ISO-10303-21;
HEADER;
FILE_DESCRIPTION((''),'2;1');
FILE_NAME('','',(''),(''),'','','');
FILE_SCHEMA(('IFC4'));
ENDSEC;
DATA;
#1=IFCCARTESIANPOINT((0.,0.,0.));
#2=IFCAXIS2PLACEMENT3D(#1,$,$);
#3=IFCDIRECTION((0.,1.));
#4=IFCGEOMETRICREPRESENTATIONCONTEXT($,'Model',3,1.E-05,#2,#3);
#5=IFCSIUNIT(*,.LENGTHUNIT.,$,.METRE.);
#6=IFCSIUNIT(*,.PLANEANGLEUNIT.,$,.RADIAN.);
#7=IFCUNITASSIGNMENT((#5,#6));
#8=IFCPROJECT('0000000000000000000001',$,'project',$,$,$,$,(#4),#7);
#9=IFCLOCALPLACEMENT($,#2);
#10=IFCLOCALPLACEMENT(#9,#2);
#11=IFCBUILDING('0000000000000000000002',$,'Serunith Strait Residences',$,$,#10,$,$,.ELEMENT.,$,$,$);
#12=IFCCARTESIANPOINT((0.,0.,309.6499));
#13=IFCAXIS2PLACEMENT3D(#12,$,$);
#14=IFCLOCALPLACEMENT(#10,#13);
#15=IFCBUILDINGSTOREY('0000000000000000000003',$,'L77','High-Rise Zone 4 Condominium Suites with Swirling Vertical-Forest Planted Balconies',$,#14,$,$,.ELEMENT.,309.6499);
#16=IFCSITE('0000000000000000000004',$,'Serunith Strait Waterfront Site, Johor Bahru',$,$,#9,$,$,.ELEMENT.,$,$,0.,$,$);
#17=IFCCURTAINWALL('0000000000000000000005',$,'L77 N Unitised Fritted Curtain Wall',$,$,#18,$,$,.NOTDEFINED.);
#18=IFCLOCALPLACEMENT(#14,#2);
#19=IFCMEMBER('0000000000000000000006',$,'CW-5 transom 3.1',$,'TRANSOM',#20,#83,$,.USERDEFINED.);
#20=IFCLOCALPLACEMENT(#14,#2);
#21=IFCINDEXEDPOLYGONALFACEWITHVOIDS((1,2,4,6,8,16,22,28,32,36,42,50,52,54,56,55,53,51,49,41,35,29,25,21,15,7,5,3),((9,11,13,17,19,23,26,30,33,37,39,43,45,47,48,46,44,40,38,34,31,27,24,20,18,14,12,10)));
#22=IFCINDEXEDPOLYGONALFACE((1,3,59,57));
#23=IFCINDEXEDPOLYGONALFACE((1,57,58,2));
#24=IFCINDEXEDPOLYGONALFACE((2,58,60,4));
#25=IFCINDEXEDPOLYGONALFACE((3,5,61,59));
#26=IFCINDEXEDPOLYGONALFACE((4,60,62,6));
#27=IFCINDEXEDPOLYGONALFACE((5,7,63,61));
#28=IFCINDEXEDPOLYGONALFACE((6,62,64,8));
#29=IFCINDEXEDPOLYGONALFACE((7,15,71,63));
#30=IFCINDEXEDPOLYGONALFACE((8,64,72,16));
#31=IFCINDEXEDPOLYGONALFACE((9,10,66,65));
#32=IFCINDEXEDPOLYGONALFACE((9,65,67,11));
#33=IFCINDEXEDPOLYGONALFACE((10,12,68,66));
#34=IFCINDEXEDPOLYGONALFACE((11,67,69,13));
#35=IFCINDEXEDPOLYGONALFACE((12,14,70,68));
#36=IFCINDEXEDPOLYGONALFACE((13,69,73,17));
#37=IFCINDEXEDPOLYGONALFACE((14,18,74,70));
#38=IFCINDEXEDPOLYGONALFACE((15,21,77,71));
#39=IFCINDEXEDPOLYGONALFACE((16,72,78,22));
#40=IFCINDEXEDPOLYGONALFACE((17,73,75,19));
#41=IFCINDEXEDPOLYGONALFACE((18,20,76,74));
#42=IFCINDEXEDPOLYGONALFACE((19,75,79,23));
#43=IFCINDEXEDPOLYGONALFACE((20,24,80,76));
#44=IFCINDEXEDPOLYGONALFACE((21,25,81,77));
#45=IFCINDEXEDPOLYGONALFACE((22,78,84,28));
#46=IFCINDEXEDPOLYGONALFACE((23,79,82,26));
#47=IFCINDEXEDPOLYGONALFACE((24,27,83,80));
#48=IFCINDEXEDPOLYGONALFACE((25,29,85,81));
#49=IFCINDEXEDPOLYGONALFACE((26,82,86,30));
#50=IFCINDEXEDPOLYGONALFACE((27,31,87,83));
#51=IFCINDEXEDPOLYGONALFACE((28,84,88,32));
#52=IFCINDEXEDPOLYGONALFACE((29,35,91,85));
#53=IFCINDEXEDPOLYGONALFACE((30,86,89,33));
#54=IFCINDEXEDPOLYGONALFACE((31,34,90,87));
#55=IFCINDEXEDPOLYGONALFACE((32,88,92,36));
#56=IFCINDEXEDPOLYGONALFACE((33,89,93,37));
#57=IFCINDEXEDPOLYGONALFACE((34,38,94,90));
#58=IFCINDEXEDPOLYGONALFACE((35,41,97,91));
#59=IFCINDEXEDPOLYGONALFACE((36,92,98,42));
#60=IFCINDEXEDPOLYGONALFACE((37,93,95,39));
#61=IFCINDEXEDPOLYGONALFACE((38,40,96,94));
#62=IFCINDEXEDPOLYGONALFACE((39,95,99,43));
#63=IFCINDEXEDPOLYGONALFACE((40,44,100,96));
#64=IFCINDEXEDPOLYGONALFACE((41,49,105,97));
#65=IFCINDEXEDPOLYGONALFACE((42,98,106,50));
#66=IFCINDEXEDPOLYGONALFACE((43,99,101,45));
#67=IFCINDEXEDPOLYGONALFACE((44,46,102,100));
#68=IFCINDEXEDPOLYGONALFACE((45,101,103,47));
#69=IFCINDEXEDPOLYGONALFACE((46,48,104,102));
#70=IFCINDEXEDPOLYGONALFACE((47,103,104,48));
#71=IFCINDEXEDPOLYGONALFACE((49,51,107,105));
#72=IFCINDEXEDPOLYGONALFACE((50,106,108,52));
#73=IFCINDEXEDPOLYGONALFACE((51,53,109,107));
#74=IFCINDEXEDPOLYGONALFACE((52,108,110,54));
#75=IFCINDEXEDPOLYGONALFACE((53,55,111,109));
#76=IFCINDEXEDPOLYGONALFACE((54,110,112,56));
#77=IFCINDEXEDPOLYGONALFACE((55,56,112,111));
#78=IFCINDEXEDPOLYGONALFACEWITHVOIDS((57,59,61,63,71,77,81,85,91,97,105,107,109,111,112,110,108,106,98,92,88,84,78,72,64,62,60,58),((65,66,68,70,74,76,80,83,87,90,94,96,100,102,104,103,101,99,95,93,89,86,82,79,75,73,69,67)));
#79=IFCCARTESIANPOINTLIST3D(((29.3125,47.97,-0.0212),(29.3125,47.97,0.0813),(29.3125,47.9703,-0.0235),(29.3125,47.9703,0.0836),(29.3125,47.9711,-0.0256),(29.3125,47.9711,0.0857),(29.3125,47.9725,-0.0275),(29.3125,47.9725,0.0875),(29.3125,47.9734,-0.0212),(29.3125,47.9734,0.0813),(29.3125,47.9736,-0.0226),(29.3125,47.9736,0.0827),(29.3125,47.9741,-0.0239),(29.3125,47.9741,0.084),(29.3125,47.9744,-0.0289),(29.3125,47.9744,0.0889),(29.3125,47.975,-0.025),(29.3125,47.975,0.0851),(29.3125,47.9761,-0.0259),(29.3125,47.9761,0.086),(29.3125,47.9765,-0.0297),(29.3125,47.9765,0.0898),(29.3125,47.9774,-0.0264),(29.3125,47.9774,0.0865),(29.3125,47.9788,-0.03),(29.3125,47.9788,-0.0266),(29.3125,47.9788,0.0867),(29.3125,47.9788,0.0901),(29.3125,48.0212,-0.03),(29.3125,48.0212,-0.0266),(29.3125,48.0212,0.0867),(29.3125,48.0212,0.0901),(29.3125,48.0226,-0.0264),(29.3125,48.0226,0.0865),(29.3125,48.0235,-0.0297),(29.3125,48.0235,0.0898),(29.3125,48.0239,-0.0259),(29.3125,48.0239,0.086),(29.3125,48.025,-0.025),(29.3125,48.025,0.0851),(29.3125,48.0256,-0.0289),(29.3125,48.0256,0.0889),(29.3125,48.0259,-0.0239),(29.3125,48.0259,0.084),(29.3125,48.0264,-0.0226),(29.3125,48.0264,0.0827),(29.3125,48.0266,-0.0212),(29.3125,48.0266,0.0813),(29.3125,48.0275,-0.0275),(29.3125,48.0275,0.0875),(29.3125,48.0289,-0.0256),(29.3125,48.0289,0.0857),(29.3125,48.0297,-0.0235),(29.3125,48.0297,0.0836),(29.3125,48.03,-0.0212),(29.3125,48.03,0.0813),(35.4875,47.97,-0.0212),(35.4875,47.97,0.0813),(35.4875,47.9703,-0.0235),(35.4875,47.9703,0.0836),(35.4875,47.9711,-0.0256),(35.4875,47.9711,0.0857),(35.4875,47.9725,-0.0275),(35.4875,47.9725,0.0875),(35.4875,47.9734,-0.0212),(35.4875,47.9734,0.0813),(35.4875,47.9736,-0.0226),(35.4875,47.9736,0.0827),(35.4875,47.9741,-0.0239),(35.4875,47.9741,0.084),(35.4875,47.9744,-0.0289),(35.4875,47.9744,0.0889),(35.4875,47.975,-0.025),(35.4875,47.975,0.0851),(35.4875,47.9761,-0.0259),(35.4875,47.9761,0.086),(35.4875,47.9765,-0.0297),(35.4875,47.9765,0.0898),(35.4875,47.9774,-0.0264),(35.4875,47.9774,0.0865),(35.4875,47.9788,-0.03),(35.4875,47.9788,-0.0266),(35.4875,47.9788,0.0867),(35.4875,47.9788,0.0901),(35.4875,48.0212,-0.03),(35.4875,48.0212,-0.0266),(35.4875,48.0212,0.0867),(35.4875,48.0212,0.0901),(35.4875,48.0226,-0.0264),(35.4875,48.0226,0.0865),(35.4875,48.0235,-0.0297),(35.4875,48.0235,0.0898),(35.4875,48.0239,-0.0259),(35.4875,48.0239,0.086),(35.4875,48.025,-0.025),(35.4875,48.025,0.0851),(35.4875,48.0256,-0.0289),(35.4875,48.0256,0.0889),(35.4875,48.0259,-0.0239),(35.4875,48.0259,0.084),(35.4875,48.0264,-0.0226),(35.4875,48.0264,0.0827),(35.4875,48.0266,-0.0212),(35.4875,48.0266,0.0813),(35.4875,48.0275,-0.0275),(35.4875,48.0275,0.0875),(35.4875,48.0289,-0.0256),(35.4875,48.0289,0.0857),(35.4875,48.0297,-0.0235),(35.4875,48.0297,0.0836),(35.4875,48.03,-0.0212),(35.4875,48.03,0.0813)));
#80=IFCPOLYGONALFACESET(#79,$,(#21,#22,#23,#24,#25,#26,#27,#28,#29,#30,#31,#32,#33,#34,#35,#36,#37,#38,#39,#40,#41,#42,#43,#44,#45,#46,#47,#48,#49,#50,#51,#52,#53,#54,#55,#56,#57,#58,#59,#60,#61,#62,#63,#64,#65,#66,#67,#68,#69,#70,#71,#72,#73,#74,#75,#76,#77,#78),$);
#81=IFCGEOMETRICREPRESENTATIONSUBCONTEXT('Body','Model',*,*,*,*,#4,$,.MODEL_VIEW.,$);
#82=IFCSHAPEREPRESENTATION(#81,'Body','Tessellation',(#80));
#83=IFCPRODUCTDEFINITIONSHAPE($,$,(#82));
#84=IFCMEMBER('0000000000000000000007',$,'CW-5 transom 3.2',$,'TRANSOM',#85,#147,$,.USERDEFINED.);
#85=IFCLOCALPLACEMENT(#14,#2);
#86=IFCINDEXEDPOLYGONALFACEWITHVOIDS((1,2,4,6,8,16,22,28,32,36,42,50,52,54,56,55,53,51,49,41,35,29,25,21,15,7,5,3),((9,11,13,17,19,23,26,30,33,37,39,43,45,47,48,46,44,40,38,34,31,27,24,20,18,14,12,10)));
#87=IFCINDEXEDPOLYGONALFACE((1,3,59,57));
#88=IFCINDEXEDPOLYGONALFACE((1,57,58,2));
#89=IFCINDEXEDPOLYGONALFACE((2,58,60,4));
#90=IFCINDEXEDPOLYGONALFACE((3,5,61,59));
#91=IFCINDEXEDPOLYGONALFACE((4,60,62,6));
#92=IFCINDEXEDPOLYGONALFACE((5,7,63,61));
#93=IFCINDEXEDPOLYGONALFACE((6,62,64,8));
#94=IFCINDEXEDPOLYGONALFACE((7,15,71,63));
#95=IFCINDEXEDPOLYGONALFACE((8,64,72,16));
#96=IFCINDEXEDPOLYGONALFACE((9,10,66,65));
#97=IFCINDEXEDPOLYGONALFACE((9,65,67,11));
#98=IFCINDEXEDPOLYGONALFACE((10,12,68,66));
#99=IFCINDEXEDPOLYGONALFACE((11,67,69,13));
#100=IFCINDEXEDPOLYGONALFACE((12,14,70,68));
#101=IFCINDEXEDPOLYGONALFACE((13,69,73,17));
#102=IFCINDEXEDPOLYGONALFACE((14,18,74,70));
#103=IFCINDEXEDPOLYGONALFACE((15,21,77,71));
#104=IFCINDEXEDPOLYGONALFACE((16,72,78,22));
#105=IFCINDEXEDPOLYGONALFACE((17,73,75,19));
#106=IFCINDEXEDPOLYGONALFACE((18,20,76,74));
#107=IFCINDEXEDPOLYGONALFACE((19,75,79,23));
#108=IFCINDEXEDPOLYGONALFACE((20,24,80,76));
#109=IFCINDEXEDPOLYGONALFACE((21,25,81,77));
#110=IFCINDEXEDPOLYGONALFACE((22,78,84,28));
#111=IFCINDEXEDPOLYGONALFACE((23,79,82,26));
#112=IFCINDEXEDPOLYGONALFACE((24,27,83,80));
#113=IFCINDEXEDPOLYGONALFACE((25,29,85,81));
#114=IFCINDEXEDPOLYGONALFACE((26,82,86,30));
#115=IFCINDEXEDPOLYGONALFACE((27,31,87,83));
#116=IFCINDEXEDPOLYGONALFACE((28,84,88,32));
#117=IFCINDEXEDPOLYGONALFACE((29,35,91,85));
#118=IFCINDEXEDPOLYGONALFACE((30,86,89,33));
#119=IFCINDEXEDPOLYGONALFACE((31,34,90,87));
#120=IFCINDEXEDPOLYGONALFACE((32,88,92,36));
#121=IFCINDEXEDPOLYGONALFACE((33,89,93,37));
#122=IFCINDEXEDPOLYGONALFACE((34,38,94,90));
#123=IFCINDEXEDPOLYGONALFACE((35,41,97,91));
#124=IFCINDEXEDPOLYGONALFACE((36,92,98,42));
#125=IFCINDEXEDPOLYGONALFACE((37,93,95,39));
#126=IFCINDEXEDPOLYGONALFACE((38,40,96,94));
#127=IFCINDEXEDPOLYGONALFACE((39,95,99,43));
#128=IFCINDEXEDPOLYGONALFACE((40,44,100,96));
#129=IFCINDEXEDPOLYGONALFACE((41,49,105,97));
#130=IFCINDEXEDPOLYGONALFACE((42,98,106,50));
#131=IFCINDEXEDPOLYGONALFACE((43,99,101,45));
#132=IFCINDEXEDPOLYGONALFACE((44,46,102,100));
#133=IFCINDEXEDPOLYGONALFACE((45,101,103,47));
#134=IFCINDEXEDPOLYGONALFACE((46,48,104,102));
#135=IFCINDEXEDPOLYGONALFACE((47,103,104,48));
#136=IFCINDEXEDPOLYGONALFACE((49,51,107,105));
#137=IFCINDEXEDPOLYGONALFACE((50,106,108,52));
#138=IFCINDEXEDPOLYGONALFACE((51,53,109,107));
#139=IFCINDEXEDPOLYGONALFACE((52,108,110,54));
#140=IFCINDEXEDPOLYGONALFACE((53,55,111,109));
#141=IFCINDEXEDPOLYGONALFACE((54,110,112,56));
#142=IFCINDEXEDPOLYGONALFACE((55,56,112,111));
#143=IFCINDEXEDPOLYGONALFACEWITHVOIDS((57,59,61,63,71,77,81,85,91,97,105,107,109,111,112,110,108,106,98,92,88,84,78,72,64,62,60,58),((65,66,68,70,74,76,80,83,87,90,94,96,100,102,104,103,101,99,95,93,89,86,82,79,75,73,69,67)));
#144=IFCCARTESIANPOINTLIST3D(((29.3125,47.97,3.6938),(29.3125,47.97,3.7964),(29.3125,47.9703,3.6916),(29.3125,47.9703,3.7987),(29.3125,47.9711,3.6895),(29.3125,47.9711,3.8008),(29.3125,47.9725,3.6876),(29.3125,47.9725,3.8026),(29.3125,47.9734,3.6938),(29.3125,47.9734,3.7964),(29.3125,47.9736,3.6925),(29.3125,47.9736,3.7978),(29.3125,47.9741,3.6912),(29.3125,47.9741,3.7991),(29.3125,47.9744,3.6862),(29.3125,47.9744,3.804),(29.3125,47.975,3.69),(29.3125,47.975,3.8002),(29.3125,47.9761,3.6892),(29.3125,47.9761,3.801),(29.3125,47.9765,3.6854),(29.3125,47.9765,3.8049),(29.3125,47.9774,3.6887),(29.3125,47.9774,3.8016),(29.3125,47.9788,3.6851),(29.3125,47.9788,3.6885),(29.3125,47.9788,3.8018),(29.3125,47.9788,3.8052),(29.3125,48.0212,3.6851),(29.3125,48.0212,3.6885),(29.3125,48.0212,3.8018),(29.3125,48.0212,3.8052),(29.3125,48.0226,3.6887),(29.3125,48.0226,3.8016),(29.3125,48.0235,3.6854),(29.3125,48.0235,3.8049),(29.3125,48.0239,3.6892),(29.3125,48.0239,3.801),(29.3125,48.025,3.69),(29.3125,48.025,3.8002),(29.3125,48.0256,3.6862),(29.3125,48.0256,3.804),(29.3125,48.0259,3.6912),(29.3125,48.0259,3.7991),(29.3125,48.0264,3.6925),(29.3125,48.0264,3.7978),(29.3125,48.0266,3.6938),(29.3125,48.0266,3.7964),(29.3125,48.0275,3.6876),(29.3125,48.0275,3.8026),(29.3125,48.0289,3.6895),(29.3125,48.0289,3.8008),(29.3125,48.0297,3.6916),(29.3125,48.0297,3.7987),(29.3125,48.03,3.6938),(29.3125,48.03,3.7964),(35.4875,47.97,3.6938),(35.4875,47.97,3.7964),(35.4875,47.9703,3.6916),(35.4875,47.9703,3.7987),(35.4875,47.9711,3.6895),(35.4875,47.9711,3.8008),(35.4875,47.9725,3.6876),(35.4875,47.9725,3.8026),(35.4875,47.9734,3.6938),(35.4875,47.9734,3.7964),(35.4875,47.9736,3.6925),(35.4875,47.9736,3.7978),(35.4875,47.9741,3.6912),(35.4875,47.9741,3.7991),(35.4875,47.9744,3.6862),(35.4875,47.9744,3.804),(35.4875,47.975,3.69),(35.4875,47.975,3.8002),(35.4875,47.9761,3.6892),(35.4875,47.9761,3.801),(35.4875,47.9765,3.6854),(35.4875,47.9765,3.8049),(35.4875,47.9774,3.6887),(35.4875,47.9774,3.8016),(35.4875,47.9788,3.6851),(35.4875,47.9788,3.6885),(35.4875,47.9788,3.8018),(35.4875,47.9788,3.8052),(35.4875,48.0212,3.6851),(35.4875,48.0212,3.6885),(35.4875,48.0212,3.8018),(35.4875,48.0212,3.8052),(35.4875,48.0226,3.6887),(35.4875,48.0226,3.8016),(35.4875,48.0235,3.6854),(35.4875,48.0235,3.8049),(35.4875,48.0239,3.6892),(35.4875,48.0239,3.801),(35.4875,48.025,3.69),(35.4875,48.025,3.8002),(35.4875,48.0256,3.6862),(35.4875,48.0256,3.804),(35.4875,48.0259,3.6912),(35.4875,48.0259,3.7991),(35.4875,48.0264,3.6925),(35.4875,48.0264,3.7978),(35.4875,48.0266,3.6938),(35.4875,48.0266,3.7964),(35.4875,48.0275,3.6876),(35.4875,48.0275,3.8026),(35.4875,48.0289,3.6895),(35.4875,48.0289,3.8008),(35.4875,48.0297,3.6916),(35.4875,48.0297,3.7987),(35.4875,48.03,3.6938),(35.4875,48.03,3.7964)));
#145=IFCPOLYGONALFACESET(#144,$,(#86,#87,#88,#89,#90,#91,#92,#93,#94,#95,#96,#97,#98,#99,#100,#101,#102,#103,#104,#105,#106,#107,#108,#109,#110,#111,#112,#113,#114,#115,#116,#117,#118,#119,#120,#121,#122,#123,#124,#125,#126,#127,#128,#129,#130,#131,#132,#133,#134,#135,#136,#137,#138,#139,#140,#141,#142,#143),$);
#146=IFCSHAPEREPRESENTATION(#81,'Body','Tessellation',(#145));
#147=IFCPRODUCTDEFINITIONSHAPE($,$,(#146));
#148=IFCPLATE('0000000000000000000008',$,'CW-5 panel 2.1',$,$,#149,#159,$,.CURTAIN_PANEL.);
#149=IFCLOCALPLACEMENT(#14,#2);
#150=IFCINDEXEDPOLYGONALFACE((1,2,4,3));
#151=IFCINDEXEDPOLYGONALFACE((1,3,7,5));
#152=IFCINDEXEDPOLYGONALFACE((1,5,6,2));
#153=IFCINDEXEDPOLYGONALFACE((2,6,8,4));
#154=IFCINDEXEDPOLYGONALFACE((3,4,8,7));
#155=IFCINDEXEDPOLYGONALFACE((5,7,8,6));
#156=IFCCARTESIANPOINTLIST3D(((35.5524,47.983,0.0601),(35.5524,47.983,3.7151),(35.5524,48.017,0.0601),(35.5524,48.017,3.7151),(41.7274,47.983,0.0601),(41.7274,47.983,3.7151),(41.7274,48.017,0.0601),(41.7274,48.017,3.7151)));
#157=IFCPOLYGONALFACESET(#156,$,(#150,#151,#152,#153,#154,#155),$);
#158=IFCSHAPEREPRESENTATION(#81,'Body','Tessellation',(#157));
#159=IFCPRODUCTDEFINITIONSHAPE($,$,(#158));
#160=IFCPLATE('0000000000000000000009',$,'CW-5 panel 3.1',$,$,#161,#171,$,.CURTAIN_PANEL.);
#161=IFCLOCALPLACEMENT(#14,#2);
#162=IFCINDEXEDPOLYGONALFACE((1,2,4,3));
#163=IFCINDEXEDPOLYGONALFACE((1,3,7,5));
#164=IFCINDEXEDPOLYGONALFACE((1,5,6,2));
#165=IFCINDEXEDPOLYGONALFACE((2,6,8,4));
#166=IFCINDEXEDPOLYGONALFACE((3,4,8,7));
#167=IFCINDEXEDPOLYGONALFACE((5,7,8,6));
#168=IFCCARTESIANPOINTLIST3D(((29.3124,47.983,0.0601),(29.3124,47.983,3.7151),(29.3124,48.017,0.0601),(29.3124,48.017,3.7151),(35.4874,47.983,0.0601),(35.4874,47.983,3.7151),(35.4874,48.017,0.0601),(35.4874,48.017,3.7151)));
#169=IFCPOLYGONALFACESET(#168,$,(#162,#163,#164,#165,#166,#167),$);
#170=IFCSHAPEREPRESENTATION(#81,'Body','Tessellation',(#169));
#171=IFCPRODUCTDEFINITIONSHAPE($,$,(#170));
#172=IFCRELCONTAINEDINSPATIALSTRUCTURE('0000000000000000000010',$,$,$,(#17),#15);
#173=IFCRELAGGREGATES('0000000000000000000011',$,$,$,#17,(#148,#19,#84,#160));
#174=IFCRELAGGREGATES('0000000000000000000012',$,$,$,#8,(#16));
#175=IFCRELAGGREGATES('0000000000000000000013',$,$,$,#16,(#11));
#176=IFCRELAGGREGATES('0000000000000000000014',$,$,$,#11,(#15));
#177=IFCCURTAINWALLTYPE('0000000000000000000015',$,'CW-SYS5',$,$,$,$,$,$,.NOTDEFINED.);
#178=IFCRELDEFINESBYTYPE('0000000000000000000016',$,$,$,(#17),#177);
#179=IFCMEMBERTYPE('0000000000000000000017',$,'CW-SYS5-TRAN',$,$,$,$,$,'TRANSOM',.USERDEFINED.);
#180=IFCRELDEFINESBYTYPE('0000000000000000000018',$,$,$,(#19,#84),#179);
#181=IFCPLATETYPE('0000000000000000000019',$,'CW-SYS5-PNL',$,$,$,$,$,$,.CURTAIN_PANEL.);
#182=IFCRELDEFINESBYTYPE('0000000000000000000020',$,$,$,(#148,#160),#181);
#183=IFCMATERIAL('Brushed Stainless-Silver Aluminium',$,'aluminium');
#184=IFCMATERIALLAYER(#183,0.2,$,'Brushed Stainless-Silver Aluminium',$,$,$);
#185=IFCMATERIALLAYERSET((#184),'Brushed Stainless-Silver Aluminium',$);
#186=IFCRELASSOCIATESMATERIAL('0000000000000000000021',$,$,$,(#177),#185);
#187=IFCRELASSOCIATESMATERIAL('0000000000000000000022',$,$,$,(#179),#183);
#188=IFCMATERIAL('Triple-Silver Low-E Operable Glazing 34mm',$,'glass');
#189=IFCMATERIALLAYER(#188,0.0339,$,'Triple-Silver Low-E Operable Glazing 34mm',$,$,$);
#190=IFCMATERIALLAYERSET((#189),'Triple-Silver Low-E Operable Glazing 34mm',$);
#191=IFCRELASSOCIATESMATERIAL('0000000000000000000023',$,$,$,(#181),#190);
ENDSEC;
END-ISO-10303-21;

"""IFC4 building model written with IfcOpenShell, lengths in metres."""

from ifc_helpers import new_model, si_unit, direction, frame, origin, origin_2d, place, context, subcontext, project, spatial, rectangle, hollow_rectangle, extrude, source, transform, mapped, material, layer, layer_set, material_profile, profile_set, type_object, element, aggregate, save


model = new_model("IFC4")

# Units and contexts
model_context = context("Model", 3, precision=1e-05, world=origin(), true_north=direction((0.0, 1.0)))
body_context = subcontext(model_context, "Body", "Model", "MODEL_VIEW")
ifc_project = project(units=[si_unit("LENGTHUNIT", "METRE"), si_unit("PLANEANGLEUNIT", "RADIAN")], contexts=[model_context])

# Site, building, storey
site_placement = place(None, origin())
site = spatial("IfcSite", under=ifc_project, at=site_placement, Name="Serunith Strait Waterfront Site, Johor Bahru", CompositionType="ELEMENT", RefElevation=0.0)
building_placement = place(site_placement, origin())
building = spatial("IfcBuilding", under=site, at=building_placement, Name="Serunith Strait Residences", CompositionType="ELEMENT")
storey_placement = place(building_placement, frame((0.0, 0.0, 309.6499)))
storey = spatial("IfcBuildingStorey", under=building, at=storey_placement, Name="L77", Description="High-Rise Zone 4 Condominium Suites with Swirling Vertical-Forest Planted Balconies", CompositionType="ELEMENT", Elevation=309.6499)

# Curtain wall, members, plates
ifc_material_1 = material(Name="Brushed Stainless-Silver Aluminium", Category="aluminium")
ifc_layer_1 = layer(ifc_material_1, 0.2, Name="Brushed Stainless-Silver Aluminium")
ifc_layer_set_1 = layer_set([ifc_layer_1], Name="Brushed Stainless-Silver Aluminium")
curtain_wall_type = type_object("IfcCurtainWallType", Name="CW-SYS5", PredefinedType="NOTDEFINED", material=ifc_layer_set_1)
curtain_wall_placement = place(storey_placement, origin())
curtain_wall = element("IfcCurtainWall", 1, at=curtain_wall_placement, inside=storey, type_object=curtain_wall_type, Name="L77 N Unitised Fritted Curtain Wall", PredefinedType="NOTDEFINED")
ifc_material_profile_1 = material_profile(ifc_material_1, hollow_rectangle(XDim=0.0601, YDim=0.1201, WallThickness=0.0034, InnerFilletRadius=0.0054, OuterFilletRadius=0.0088, at=origin_2d()), Name="ALU 120x60x3.5")
ifc_profile_set_1 = profile_set([ifc_material_profile_1], Name="Brushed Stainless-Silver Aluminium")
member_type_1 = type_object("IfcMemberType", Name="CW-SYS5-TRAN", ElementType="TRANSOM", PredefinedType="USERDEFINED", material=ifc_profile_set_1)
shared_shape_1 = source(origin(), body_context, "Body", "SweptSolid", [
    extrude(hollow_rectangle(XDim=0.0601, YDim=0.1201, WallThickness=0.0034, InnerFilletRadius=0.0054, OuterFilletRadius=0.0088, at=origin_2d()), origin(), (0.0, 0.0, 1.0), 6.175),
])
member_1_placement = place(storey_placement, frame((35.4875, 48.0, 0.03), z_axis=(-1.0, 0.0, 0.0), x_axis=(0.0, -1.0, 0.0)))
member_1 = element("IfcMember", 2, at=member_1_placement, type_object=member_type_1, Name="CW-5 transom 3.1", ObjectType="TRANSOM", PredefinedType="USERDEFINED", context=body_context, shape_type="MappedRepresentation", body=[
    mapped(shared_shape_1, transform((0.0, 0.0, 0.0), scale=1.0)),
])
member_2_placement = place(storey_placement, frame((35.4875, 48.0, 3.7451), z_axis=(-1.0, 0.0, 0.0), x_axis=(0.0, -1.0, 0.0)))
member_2 = element("IfcMember", 3, at=member_2_placement, type_object=member_type_1, Name="CW-5 transom 3.2", ObjectType="TRANSOM", PredefinedType="USERDEFINED", context=body_context, shape_type="MappedRepresentation", body=[
    mapped(shared_shape_1, transform((0.0, 0.0, 0.0), scale=1.0)),
])
ifc_material_2 = material(Name="Triple-Silver Low-E Operable Glazing 34mm", Category="glass")
ifc_layer_2 = layer(ifc_material_2, 0.0339, Name="Triple-Silver Low-E Operable Glazing 34mm")
ifc_layer_set_2 = layer_set([ifc_layer_2], Name="Triple-Silver Low-E Operable Glazing 34mm")
plate_type = type_object("IfcPlateType", Name="CW-SYS5-PNL", PredefinedType="CURTAIN_PANEL", material=ifc_layer_set_2)
shared_shape_2 = source(origin(), body_context, "Body", "SweptSolid", [
    extrude(rectangle(XDim=6.175, YDim=0.0339, at=origin_2d()), origin(), (0.0, 0.0, 1.0), 3.655),
])
plate_1_placement = place(storey_placement, frame((38.6399, 48.0, 0.0601), z_axis=(0.0, 0.0, 1.0), x_axis=(-1.0, 0.0, 0.0)))
plate_1 = element("IfcPlate", 4, at=plate_1_placement, type_object=plate_type, Name="CW-5 panel 2.1", PredefinedType="CURTAIN_PANEL", context=body_context, shape_type="MappedRepresentation", body=[
    mapped(shared_shape_2, transform((0.0, 0.0, 0.0), scale=1.0)),
])
plate_2_placement = place(storey_placement, frame((32.3999, 48.0, 0.0601), z_axis=(0.0, 0.0, 1.0), x_axis=(-1.0, 0.0, 0.0)))
plate_2 = element("IfcPlate", 5, at=plate_2_placement, type_object=plate_type, Name="CW-5 panel 3.1", PredefinedType="CURTAIN_PANEL", context=body_context, shape_type="MappedRepresentation", body=[
    mapped(shared_shape_2, transform((0.0, 0.0, 0.0), scale=1.0)),
])
aggregate(curtain_wall, [plate_1, member_1, member_2, plate_2])

save(model, "model.ifc")
